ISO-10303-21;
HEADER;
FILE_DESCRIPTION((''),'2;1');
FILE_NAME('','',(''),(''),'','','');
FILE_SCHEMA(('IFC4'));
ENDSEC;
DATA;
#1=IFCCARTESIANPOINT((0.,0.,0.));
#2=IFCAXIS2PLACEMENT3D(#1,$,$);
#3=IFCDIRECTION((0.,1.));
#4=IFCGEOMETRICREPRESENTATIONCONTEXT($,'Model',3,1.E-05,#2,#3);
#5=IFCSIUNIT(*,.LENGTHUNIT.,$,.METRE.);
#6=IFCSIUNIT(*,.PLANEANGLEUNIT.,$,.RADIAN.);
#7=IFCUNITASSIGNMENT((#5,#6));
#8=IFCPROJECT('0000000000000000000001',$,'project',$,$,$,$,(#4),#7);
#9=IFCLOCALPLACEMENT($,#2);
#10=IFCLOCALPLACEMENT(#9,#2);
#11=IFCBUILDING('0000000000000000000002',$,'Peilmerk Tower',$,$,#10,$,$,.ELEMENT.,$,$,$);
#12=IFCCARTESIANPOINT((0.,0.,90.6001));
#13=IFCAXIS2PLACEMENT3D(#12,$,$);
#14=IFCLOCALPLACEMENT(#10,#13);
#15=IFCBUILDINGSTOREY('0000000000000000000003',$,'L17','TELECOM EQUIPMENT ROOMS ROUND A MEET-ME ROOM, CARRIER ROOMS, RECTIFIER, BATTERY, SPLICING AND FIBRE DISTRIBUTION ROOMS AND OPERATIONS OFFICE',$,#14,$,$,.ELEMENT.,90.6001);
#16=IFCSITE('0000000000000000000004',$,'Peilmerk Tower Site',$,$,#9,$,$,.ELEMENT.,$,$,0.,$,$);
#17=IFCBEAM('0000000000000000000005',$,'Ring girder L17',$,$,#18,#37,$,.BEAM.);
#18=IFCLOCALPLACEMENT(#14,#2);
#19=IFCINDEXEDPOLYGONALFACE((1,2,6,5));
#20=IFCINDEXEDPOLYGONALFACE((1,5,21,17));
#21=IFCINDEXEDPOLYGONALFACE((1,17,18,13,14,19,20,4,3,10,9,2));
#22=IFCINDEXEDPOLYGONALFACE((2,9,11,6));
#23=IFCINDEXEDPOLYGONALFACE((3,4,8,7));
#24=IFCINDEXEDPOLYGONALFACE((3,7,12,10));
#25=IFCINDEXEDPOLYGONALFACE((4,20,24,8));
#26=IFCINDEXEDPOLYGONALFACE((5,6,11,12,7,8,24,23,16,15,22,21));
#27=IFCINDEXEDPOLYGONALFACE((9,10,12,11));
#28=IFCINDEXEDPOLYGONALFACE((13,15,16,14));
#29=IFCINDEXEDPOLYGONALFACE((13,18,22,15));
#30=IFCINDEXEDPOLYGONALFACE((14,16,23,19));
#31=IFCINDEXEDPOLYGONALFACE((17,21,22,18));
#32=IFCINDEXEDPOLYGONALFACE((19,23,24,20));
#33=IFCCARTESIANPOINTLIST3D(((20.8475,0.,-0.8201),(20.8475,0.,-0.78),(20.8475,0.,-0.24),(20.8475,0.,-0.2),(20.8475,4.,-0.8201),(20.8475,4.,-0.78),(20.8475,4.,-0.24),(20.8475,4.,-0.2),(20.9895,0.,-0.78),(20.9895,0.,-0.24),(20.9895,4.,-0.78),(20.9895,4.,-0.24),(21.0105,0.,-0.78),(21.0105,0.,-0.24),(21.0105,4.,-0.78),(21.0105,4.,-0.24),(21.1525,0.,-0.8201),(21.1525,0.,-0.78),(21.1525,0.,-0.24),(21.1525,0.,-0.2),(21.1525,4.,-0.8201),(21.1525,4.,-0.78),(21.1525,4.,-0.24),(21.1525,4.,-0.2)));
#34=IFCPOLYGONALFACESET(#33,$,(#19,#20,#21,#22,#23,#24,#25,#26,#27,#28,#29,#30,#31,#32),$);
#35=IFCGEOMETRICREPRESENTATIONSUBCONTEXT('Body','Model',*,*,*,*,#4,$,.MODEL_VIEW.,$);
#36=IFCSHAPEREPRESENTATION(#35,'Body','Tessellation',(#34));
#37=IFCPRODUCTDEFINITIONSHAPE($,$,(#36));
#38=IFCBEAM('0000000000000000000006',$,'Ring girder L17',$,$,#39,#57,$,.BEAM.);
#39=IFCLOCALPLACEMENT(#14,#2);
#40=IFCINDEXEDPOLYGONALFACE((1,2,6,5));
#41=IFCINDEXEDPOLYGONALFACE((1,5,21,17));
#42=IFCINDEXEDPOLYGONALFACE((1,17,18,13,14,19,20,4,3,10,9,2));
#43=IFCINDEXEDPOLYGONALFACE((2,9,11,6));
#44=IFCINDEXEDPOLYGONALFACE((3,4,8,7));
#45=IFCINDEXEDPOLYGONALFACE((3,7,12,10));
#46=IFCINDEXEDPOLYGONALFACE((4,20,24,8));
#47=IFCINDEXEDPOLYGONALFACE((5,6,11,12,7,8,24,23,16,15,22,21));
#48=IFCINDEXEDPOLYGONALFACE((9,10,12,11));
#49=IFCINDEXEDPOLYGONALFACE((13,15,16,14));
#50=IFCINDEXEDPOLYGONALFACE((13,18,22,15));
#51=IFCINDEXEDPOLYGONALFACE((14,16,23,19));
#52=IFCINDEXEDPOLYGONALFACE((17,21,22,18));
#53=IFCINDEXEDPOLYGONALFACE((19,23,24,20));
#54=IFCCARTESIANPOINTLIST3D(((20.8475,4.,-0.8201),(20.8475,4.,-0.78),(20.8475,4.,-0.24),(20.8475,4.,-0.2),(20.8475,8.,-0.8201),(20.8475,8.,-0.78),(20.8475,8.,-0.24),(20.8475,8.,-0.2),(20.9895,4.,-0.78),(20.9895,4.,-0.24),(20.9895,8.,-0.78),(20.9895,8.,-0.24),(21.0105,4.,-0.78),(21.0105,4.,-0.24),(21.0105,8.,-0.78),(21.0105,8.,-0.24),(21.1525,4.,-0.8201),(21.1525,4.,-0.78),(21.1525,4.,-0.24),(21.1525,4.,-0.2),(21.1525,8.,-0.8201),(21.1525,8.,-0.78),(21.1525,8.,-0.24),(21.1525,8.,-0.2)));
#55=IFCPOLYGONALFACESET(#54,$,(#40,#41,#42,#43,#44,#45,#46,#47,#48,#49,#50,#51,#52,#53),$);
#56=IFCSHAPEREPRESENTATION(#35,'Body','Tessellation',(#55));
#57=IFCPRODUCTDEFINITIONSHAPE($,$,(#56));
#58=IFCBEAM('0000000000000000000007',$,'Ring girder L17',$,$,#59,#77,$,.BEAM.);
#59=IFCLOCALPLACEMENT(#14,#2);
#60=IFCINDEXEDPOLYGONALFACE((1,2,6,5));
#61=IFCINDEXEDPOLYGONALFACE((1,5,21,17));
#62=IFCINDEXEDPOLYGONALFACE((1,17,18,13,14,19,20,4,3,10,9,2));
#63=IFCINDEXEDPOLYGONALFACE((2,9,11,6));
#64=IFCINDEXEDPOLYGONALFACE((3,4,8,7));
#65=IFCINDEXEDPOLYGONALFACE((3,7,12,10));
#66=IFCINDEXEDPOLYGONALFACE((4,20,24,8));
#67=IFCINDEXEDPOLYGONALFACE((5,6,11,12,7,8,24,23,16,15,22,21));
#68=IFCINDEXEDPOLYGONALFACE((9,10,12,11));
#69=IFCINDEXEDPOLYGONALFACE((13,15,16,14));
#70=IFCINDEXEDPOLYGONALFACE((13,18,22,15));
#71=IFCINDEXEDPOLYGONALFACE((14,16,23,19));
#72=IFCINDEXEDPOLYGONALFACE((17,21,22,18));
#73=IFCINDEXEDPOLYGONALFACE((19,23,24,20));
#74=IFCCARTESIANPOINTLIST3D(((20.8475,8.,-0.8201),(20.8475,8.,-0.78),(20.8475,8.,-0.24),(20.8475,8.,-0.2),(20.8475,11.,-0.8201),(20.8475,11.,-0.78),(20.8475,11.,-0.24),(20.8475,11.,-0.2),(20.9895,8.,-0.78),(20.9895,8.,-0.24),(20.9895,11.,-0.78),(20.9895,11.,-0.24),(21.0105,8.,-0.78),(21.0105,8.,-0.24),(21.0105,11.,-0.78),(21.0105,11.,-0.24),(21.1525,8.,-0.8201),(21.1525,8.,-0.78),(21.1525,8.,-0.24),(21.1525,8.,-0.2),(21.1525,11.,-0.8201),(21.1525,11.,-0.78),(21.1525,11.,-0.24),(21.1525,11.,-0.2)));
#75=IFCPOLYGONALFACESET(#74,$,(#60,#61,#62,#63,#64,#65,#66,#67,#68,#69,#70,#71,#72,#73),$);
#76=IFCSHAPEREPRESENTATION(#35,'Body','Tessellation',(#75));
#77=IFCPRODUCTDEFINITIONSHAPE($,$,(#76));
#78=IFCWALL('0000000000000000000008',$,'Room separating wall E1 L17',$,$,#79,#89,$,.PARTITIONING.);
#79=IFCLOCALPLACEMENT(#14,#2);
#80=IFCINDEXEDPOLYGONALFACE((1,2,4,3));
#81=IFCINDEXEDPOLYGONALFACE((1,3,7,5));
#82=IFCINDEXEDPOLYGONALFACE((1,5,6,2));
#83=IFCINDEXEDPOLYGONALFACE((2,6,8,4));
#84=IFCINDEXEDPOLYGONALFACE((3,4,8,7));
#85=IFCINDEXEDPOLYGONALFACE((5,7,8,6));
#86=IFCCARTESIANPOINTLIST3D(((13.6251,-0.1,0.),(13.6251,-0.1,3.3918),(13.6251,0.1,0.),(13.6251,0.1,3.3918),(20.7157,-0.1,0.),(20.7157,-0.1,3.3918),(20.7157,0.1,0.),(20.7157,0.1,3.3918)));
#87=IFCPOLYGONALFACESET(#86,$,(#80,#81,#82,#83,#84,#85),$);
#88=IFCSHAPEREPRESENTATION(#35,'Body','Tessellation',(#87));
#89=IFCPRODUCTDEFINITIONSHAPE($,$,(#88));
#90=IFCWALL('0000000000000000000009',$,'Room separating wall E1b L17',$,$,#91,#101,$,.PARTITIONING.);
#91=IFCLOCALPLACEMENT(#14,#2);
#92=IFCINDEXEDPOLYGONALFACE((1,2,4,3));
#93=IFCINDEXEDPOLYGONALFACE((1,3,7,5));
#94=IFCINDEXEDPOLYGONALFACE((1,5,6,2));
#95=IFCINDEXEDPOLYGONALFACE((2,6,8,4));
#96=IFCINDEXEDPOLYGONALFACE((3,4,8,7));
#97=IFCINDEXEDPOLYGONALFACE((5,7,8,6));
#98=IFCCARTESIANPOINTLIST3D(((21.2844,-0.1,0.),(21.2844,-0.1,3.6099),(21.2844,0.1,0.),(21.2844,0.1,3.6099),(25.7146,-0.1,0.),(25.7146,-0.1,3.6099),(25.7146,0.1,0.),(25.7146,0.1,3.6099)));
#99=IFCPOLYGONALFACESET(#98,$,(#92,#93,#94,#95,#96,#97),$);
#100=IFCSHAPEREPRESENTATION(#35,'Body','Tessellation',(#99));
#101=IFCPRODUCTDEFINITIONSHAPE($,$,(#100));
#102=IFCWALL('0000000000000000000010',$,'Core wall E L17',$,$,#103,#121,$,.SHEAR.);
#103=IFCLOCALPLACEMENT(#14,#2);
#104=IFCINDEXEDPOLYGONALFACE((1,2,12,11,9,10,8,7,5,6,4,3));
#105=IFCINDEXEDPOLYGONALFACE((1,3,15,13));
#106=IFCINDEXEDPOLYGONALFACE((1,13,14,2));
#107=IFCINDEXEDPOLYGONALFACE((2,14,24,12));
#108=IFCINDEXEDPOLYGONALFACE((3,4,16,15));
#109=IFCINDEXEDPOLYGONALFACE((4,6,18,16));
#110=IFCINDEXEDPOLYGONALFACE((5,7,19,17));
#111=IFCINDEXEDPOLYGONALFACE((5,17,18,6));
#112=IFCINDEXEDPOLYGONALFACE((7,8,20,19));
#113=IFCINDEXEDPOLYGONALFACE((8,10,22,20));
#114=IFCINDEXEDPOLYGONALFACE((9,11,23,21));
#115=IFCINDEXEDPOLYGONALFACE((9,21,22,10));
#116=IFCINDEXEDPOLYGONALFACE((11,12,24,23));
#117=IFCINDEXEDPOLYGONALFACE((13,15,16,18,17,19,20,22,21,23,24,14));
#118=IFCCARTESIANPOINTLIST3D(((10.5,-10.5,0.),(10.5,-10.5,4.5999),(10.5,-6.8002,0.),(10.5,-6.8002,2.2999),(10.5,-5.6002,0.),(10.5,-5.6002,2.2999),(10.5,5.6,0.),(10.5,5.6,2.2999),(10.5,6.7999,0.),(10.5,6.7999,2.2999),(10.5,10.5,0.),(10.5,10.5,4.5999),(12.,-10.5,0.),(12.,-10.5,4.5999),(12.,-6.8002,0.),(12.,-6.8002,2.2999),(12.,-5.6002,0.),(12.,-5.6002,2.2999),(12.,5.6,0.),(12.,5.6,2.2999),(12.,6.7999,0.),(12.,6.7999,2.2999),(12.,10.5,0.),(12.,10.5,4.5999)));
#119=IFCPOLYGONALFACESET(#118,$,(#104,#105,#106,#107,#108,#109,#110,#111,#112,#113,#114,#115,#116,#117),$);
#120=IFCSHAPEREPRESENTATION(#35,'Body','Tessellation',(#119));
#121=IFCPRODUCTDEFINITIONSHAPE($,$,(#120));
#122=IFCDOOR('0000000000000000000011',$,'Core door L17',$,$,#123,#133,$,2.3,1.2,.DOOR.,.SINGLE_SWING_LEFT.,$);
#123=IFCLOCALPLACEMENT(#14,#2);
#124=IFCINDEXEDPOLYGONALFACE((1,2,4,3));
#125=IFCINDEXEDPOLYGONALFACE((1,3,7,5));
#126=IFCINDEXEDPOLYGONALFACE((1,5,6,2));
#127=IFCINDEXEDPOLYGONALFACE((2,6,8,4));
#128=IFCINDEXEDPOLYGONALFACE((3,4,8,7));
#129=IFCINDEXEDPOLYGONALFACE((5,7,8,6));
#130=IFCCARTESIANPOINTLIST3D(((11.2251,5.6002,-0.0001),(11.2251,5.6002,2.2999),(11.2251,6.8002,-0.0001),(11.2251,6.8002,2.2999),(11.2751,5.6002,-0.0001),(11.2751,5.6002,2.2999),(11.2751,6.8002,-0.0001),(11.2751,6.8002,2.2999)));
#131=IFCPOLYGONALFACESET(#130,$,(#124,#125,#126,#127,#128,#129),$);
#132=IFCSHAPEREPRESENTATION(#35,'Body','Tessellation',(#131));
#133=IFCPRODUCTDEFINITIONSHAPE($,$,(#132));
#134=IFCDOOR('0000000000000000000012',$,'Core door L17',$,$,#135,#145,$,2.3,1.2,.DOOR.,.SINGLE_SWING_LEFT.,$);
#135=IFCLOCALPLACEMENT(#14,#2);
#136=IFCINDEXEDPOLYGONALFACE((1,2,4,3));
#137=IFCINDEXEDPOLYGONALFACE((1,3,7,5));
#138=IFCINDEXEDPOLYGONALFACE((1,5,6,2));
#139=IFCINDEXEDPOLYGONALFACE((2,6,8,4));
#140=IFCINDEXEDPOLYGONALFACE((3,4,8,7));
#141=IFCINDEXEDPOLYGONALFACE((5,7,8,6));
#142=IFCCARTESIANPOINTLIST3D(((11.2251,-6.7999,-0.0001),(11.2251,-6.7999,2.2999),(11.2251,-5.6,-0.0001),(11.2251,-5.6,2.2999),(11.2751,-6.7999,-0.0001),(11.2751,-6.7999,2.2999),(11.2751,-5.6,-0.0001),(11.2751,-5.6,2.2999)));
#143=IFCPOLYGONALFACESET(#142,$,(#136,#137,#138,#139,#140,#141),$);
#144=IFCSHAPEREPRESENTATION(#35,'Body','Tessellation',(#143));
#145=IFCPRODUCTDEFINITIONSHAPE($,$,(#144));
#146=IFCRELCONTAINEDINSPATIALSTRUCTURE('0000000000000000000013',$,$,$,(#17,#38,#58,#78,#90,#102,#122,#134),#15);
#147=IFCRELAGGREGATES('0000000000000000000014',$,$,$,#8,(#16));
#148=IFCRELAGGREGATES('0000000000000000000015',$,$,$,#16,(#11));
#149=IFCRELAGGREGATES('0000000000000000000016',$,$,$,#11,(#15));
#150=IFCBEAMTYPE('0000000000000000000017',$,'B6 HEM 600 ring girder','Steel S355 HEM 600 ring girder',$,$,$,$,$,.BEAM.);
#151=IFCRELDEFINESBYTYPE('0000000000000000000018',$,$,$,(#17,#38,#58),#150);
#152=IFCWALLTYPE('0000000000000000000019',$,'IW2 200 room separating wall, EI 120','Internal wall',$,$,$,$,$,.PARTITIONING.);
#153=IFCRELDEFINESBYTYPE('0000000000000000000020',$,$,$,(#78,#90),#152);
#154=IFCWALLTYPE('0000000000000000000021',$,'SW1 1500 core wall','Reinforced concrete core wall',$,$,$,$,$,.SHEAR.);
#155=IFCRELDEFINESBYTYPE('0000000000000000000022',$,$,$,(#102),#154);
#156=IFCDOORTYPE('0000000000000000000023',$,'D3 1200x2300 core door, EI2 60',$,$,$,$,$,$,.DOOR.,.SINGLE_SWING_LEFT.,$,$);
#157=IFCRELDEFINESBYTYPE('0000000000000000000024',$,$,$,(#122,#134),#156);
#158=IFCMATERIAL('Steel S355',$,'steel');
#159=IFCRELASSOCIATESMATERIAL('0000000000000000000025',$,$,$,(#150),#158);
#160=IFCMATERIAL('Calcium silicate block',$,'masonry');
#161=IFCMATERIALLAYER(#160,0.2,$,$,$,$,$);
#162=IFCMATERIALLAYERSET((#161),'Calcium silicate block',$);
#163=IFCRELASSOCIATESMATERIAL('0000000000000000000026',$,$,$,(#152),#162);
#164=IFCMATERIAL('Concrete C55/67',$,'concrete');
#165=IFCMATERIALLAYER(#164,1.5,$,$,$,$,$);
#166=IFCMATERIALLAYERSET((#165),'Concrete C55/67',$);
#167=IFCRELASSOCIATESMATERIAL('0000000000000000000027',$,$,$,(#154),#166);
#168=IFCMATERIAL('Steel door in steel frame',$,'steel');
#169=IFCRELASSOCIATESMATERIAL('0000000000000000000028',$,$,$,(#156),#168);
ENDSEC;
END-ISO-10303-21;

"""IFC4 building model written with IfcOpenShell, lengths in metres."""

from ifc_helpers import new_model, si_unit, direction, frame, frame_2d, origin, origin_2d, place, context, subcontext, project, spatial, rectangle, i_section, extrude, material, layer, layer_set, material_profile, profile_set, type_object, element, fill, save


model = new_model("IFC4")

# Units and contexts
model_context = context("Model", 3, precision=1e-05, world=origin(), true_north=direction((0.0, 1.0)))
body_context = subcontext(model_context, "Body", "Model", "MODEL_VIEW")
ifc_project = project(units=[si_unit("LENGTHUNIT", "METRE"), si_unit("PLANEANGLEUNIT", "RADIAN")], contexts=[model_context])

# Site, building, storey
site_placement = place(None, origin())
site = spatial("IfcSite", under=ifc_project, at=site_placement, Name="Peilmerk Tower Site", CompositionType="ELEMENT", RefElevation=0.0)
building_placement = place(site_placement, origin())
building = spatial("IfcBuilding", under=site, at=building_placement, Name="Peilmerk Tower", CompositionType="ELEMENT")
storey_placement = place(building_placement, frame((0.0, 0.0, 90.6001)))
storey = spatial("IfcBuildingStorey", under=building, at=storey_placement, Name="L17", Description="TELECOM EQUIPMENT ROOMS ROUND A MEET-ME ROOM, CARRIER ROOMS, RECTIFIER, BATTERY, SPLICING AND FIBRE DISTRIBUTION ROOMS AND OPERATIONS OFFICE", CompositionType="ELEMENT", Elevation=90.6001)

# Beams
ifc_material_1 = material(Name="Steel S355", Category="steel")
ifc_material_profile_1 = material_profile(ifc_material_1, i_section(OverallWidth=0.3049, OverallDepth=0.6201, WebThickness=0.021, FlangeThickness=0.04, at=origin_2d()), Name="HEM 600")
ifc_profile_set_1 = profile_set([ifc_material_profile_1], Name="Steel S355")
beam_type_1 = type_object("IfcBeamType", Name="B6 HEM 600 ring girder", Description="Steel S355 HEM 600 ring girder", PredefinedType="BEAM", material=ifc_profile_set_1)
for number, where, z_axis, x_axis, name in (
    (1, (21.0, 0.0, -0.51), (0.0, 1.0, 0.0), (-1.0, 0.0, 0.0), "Ring girder L17"),
    (2, (21.0, 4.0, -0.51), (0.0, 1.0, 0.0), (-1.0, 0.0, 0.0), "Ring girder L17"),
):
    element("IfcBeam", number, at=place(storey_placement, frame(where, z_axis=z_axis, x_axis=x_axis)), inside=storey, type_object=beam_type_1, Name=name, PredefinedType="BEAM", context=body_context, shape_type="SweptSolid", body=[
        extrude(i_section(OverallWidth=0.3049, OverallDepth=0.6201, WebThickness=0.021, FlangeThickness=0.04, at=origin_2d()), origin(), (0.0, 0.0, 1.0), 4.0),
    ])
beam_1_placement = place(storey_placement, frame((21.0, 8.0, -0.51), z_axis=(0.0, 1.0, 0.0), x_axis=(-1.0, 0.0, 0.0)))
element("IfcBeam", 3, at=beam_1_placement, inside=storey, type_object=beam_type_1, Name="Ring girder L17", PredefinedType="BEAM", context=body_context, shape_type="SweptSolid", body=[
    extrude(i_section(OverallWidth=0.3049, OverallDepth=0.6201, WebThickness=0.021, FlangeThickness=0.04, at=origin_2d()), origin(), (0.0, 0.0, 1.0), 3.0),
])

# Walls
ifc_material_2 = material(Name="Calcium silicate block", Category="masonry")
ifc_layer_1 = layer(ifc_material_2, 0.2)
ifc_layer_set_1 = layer_set([ifc_layer_1], Name="Calcium silicate block")
wall_type_1 = type_object("IfcWallType", Name="IW2 200 room separating wall, EI 120", Description="Internal wall", PredefinedType="PARTITIONING", material=ifc_layer_set_1)
wall_1_placement = place(storey_placement, frame((13.625, 0.0, 0.0), z_axis=(0.0, 0.0, 1.0), x_axis=(1.0, 0.0, 0.0)))
element("IfcWall", 4, at=wall_1_placement, inside=storey, type_object=wall_type_1, Name="Room separating wall E1 L17", PredefinedType="PARTITIONING", context=body_context, shape_type="SweptSolid", body=[
    extrude(rectangle(XDim=7.0906, YDim=0.2, at=frame_2d((3.5454, 0.0))), origin(), (0.0, 0.0, 1.0), 3.3918),
])
wall_2_placement = place(storey_placement, frame((21.2844, 0.0, 0.0), z_axis=(0.0, 0.0, 1.0), x_axis=(1.0, 0.0, 0.0)))
element("IfcWall", 5, at=wall_2_placement, inside=storey, type_object=wall_type_1, Name="Room separating wall E1b L17", PredefinedType="PARTITIONING", context=body_context, shape_type="SweptSolid", body=[
    extrude(rectangle(XDim=4.4302, YDim=0.2, at=frame_2d((2.2151, 0.0))), origin(), (0.0, 0.0, 1.0), 3.6099),
])

# Wall, openings, doors
ifc_material_3 = material(Name="Concrete C55/67", Category="concrete")
ifc_layer_2 = layer(ifc_material_3, 1.5)
ifc_layer_set_2 = layer_set([ifc_layer_2], Name="Concrete C55/67")
wall_type_2 = type_object("IfcWallType", Name="SW1 1500 core wall", Description="Reinforced concrete core wall", PredefinedType="SHEAR", material=ifc_layer_set_2)
wall_3_placement = place(storey_placement, frame((11.25, 10.5, 0.0), z_axis=(0.0, 0.0, 1.0), x_axis=(0.0, -1.0, 0.0)))
wall_3 = element("IfcWall", 6, at=wall_3_placement, inside=storey, type_object=wall_type_2, Name="Core wall E L17", PredefinedType="SHEAR", context=body_context, shape_type="SweptSolid", body=[
    extrude(rectangle(XDim=21.0, YDim=1.5, at=frame_2d((10.5, 0.0))), origin(), (0.0, 0.0, 1.0), 4.5999),
])
opening_1_placement = place(wall_3_placement, frame((3.7, 0.0, 0.0)))
opening_1 = element("IfcOpeningElement", 7, at=opening_1_placement, cuts=wall_3, PredefinedType="OPENING", context=body_context, shape_type="SweptSolid", body=[
    extrude(rectangle(XDim=1.2, YDim=2.3, at=frame_2d((0.6001, 1.1499))), frame((0.0, 0.76, 0.0), z_axis=(0.0, -1.0, 0.0), x_axis=(1.0, 0.0, 0.0)), (0.0, 0.0, 1.0), 1.52),
])
opening_2_placement = place(wall_3_placement, frame((16.1001, 0.0, 0.0)))
opening_2 = element("IfcOpeningElement", 8, at=opening_2_placement, cuts=wall_3, PredefinedType="OPENING", context=body_context, shape_type="SweptSolid", body=[
    extrude(rectangle(XDim=1.2, YDim=2.3, at=frame_2d((0.6001, 1.1499))), frame((0.0, 0.76, 0.0), z_axis=(0.0, -1.0, 0.0), x_axis=(1.0, 0.0, 0.0)), (0.0, 0.0, 1.0), 1.52),
])
ifc_material_4 = material(Name="Steel door in steel frame", Category="steel")
door_type = type_object("IfcDoorType", Name="D3 1200x2300 core door, EI2 60", OperationType="SINGLE_SWING_LEFT", PredefinedType="DOOR", material=ifc_material_4)
door_1_placement = place(opening_1_placement, frame((1.2, 0.0, 0.0), z_axis=(0.0, 0.0, 1.0), x_axis=(-1.0, 0.0, 0.0)))
door_1 = element("IfcDoor", 9, at=door_1_placement, inside=storey, type_object=door_type, Name="Core door L17", OperationType="SINGLE_SWING_LEFT", OverallHeight=2.3, OverallWidth=1.2, PredefinedType="DOOR", context=body_context, shape_type="SweptSolid", body=[
    extrude(rectangle(XDim=1.2, YDim=2.3, at=frame_2d((0.6001, 1.1499))), frame((0.0, 0.0249, 0.0), z_axis=(0.0, -1.0, 0.0), x_axis=(1.0, 0.0, 0.0)), (0.0, 0.0, 1.0), 0.05),
])
fill(opening_1, door_1)
door_2_placement = place(opening_2_placement, frame((1.2, 0.0, 0.0), z_axis=(0.0, 0.0, 1.0), x_axis=(-1.0, 0.0, 0.0)))
door_2 = element("IfcDoor", 10, at=door_2_placement, inside=storey, type_object=door_type, Name="Core door L17", OperationType="SINGLE_SWING_LEFT", OverallHeight=2.3, OverallWidth=1.2, PredefinedType="DOOR", context=body_context, shape_type="SweptSolid", body=[
    extrude(rectangle(XDim=1.2, YDim=2.3, at=frame_2d((0.6001, 1.1499))), frame((0.0, 0.0249, 0.0), z_axis=(0.0, -1.0, 0.0), x_axis=(1.0, 0.0, 0.0)), (0.0, 0.0, 1.0), 0.05),
])
fill(opening_2, door_2)

save(model, "model.ifc")
